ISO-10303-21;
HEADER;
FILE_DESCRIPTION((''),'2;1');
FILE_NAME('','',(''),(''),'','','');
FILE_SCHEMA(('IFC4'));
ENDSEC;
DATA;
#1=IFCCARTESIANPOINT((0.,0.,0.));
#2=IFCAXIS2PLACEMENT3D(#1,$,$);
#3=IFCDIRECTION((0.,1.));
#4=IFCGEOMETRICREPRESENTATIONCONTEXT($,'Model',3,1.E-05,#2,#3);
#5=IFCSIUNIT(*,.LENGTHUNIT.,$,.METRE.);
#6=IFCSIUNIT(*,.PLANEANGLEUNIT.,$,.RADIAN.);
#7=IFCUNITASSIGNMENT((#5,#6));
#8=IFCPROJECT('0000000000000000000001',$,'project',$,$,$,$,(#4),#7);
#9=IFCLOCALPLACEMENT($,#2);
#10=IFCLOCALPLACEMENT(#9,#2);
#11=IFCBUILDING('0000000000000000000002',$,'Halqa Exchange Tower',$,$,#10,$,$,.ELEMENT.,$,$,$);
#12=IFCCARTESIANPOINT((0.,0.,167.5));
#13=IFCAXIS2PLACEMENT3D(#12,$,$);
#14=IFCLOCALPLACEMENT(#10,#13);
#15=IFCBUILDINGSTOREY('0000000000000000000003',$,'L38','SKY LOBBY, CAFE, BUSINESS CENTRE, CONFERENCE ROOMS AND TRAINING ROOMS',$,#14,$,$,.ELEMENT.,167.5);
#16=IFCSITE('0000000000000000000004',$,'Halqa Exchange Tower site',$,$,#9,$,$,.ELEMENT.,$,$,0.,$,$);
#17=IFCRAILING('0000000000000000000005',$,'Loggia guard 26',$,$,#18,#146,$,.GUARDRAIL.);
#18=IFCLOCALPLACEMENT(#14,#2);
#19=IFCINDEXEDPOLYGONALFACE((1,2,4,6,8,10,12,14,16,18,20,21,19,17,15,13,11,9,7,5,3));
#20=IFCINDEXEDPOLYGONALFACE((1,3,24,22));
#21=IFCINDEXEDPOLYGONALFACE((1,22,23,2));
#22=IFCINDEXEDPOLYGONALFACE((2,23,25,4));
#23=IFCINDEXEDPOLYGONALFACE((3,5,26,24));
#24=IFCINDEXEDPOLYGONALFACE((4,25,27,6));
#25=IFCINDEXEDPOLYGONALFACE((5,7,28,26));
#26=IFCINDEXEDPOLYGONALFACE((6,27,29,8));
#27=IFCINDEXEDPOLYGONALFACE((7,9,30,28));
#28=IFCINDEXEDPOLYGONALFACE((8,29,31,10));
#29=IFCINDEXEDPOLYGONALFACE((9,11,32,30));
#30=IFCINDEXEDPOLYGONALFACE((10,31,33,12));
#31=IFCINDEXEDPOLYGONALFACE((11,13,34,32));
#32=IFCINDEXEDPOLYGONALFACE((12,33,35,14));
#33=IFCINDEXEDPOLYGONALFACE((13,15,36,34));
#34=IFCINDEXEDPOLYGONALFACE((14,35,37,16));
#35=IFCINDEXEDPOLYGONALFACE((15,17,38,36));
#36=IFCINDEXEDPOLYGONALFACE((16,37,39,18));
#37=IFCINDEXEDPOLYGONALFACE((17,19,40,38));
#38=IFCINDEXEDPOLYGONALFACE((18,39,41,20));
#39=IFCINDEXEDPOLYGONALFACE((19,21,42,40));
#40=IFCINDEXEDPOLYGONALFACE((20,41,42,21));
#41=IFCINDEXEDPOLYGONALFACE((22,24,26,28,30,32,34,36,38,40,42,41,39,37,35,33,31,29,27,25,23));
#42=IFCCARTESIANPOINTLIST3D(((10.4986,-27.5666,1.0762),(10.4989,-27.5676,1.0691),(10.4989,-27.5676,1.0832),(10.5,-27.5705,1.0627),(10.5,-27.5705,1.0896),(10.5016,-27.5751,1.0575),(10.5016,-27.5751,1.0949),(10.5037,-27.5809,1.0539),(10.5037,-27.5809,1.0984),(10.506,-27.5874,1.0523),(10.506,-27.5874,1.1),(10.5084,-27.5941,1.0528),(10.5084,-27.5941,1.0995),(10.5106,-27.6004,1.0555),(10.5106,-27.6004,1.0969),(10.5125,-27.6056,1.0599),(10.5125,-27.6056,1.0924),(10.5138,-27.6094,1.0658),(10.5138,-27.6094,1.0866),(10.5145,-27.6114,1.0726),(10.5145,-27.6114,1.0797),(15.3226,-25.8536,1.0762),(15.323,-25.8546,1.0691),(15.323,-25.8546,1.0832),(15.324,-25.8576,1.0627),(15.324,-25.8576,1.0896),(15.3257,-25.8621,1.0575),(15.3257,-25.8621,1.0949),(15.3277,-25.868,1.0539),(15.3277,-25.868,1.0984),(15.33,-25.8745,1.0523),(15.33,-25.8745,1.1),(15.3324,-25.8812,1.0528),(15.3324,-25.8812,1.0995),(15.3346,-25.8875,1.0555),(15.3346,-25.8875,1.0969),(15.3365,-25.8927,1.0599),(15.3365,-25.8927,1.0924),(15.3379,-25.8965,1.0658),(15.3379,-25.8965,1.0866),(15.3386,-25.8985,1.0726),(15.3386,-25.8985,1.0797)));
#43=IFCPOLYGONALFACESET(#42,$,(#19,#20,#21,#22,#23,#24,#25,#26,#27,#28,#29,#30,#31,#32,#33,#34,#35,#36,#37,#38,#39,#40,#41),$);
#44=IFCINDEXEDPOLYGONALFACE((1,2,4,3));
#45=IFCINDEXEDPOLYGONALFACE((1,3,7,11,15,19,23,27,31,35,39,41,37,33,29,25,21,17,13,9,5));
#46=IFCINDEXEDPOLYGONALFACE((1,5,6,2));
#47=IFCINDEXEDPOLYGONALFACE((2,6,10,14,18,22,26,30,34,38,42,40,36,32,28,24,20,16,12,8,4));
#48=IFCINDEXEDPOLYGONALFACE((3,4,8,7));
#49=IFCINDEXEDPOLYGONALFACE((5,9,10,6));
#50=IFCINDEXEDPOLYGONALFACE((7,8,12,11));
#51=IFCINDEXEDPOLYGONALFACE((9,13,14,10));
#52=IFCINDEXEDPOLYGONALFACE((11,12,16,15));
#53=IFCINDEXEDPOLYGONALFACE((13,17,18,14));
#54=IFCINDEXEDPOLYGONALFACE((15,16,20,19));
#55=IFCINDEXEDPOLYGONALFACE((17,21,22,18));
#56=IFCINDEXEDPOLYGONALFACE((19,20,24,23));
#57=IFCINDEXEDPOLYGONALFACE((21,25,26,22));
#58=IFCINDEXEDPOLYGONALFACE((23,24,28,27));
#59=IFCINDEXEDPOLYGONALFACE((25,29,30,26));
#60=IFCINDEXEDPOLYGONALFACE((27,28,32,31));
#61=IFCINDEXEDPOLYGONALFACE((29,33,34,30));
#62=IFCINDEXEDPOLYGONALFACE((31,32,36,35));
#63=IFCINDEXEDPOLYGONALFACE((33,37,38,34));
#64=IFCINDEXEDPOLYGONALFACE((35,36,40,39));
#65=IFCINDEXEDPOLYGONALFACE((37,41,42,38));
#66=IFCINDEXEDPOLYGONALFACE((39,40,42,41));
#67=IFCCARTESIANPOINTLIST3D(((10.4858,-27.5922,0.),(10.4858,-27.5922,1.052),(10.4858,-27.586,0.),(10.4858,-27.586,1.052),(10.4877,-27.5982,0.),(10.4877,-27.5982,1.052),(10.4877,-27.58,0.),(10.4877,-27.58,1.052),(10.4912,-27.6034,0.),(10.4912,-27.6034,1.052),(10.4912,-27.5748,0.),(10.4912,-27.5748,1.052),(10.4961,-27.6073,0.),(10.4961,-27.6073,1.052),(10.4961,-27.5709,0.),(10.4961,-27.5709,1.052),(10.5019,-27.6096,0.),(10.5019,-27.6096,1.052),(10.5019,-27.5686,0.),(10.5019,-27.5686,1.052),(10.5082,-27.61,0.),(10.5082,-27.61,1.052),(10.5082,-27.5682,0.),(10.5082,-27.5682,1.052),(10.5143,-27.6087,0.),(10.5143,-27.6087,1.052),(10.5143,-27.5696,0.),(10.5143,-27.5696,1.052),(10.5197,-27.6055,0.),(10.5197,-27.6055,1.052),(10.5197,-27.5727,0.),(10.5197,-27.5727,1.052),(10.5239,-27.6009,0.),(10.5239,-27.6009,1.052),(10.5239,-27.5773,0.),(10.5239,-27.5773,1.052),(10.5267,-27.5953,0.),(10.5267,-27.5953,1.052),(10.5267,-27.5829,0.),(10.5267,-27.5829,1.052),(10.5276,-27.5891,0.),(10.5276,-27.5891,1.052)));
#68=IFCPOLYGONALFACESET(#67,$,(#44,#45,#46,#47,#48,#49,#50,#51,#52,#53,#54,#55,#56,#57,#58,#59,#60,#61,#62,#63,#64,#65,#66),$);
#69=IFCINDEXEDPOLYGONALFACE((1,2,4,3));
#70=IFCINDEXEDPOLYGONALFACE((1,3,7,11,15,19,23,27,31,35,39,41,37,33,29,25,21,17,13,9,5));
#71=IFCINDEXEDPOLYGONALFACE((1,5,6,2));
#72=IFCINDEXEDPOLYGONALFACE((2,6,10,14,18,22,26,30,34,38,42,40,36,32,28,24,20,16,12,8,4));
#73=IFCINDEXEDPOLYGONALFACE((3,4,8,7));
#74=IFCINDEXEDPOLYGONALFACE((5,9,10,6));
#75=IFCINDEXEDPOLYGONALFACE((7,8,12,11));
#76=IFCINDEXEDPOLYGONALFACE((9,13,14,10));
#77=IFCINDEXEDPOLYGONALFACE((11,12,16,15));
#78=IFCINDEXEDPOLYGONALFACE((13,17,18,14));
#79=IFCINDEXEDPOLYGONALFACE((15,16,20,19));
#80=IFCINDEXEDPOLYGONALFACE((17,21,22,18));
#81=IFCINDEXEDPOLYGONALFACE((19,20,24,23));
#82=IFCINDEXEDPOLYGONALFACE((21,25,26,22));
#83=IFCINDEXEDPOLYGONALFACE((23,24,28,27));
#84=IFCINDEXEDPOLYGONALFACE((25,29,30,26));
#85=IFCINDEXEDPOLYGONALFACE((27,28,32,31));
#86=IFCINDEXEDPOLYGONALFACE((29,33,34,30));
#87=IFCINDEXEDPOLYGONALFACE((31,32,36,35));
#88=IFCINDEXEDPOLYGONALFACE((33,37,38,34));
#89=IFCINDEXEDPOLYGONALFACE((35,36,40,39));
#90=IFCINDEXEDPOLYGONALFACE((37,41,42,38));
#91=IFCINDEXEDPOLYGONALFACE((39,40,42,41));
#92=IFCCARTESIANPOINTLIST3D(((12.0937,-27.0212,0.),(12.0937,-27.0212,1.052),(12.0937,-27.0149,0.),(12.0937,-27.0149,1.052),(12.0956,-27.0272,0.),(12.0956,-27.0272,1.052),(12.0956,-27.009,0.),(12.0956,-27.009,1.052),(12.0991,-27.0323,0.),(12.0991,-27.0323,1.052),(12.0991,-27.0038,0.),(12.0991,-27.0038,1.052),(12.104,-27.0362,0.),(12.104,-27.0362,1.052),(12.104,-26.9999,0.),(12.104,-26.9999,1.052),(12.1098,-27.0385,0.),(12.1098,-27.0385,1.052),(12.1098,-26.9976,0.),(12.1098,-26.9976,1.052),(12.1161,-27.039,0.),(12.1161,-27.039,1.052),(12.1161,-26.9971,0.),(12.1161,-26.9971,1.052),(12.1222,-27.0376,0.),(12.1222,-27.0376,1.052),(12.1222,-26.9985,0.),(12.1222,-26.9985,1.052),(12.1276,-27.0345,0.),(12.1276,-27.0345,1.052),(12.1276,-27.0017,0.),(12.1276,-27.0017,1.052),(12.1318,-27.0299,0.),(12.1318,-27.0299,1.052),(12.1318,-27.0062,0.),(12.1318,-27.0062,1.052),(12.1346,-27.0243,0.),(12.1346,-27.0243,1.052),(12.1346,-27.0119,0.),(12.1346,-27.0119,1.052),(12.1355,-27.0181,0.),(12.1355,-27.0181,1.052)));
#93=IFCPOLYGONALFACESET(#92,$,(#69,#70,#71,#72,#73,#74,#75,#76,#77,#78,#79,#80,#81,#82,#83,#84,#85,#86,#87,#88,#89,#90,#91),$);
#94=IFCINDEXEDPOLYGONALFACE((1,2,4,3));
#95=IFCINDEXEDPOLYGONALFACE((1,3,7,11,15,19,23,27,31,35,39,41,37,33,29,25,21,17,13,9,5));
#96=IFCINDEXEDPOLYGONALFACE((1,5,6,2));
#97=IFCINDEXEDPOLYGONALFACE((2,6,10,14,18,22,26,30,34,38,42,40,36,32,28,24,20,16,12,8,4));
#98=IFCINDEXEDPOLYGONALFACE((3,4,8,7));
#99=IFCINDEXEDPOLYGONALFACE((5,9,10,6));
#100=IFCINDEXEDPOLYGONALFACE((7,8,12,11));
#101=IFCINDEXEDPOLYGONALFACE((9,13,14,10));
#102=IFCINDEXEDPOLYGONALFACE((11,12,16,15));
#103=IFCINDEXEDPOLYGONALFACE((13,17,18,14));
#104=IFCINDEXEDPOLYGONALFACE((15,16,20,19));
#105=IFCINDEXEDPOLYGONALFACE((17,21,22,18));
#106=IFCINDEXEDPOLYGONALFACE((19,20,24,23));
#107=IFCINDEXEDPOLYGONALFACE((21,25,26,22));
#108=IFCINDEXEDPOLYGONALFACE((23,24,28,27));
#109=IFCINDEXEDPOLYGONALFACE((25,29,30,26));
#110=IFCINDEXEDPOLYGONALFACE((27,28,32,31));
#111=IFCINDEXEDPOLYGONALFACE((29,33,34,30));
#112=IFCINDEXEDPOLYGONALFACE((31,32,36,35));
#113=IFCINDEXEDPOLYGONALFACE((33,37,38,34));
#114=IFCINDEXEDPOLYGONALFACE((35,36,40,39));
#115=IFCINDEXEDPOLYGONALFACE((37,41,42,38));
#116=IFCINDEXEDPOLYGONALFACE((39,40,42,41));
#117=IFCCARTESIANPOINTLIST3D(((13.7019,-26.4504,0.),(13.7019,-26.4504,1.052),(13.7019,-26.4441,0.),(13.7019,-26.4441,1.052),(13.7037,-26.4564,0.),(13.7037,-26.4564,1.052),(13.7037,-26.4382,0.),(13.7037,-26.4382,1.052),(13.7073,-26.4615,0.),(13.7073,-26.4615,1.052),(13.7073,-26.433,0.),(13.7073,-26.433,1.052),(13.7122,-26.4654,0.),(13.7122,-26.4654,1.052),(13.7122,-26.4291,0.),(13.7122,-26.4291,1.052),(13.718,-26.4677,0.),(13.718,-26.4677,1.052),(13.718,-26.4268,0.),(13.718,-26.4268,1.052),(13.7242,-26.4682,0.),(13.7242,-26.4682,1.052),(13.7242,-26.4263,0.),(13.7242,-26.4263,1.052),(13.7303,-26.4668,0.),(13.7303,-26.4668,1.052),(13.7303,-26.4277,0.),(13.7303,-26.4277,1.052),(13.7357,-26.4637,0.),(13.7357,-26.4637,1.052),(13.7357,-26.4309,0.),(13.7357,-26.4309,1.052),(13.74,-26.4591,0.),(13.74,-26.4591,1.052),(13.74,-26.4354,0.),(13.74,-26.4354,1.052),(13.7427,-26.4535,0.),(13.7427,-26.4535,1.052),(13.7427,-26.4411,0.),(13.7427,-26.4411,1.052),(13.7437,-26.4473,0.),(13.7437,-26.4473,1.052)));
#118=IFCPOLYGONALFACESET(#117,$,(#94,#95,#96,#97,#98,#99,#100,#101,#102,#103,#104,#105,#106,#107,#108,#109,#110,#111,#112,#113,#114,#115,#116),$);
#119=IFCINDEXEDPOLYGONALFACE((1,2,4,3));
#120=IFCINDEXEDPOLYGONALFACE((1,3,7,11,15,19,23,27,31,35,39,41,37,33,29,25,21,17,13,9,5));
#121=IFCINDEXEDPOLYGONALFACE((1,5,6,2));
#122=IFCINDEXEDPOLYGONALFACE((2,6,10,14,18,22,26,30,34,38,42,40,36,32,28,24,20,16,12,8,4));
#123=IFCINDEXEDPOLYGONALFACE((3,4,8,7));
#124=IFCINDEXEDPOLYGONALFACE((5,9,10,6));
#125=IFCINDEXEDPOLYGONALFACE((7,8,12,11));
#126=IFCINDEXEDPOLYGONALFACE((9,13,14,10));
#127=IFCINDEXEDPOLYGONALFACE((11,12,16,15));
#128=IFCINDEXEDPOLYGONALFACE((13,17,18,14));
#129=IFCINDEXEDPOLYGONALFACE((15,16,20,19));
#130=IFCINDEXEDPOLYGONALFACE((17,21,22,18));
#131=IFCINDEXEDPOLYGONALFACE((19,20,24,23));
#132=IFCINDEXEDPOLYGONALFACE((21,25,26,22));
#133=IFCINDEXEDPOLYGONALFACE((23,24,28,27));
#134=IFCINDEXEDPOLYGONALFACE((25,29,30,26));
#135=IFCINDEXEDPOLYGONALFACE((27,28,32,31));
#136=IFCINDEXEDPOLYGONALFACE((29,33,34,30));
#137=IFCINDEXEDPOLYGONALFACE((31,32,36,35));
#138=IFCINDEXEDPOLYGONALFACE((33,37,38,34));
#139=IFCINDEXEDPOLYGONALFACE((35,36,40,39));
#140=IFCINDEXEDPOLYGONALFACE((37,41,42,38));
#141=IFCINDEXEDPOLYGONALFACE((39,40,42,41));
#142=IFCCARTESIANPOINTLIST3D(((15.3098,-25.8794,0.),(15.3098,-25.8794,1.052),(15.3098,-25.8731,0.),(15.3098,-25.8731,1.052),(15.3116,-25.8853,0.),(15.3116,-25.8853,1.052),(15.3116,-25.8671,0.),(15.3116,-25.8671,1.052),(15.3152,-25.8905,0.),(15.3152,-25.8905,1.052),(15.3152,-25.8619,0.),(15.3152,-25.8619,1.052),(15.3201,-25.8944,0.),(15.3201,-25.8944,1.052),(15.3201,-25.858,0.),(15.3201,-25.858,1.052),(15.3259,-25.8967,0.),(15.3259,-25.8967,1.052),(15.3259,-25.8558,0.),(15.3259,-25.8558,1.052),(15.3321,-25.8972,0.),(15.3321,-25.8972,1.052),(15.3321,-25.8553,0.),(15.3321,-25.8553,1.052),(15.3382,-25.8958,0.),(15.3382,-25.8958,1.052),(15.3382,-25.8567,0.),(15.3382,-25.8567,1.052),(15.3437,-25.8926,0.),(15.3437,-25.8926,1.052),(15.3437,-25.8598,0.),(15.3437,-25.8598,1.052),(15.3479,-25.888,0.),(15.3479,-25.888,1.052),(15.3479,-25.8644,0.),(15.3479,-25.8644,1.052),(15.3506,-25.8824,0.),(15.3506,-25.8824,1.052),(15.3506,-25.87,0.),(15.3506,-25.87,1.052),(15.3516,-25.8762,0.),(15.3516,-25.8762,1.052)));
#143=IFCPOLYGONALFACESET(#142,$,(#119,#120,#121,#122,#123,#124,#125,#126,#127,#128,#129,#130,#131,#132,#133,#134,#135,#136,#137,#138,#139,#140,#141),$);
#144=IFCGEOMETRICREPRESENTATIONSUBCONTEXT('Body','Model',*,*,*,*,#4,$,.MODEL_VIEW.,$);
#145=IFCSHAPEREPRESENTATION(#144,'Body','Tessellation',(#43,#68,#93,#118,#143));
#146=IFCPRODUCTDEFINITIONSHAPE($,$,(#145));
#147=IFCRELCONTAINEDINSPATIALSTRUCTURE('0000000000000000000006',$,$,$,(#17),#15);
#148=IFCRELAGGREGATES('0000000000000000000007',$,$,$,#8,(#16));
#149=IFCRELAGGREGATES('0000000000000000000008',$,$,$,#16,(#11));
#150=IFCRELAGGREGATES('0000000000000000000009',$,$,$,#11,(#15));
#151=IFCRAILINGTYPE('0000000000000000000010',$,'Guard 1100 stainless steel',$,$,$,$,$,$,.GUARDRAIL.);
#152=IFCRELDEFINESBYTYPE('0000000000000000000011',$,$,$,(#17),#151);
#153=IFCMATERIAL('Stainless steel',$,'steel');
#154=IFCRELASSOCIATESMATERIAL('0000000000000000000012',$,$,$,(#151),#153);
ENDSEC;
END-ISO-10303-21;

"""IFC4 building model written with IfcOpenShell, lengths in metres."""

from ifc_helpers import new_model, si_unit, direction, frame, origin, origin_2d, place, context, subcontext, project, spatial, circle, extrude, material, type_object, element, save


model = new_model("IFC4")

# Units and contexts
model_context = context("Model", 3, precision=1e-05, world=origin(), true_north=direction((0.0, 1.0)))
body_context = subcontext(model_context, "Body", "Model", "MODEL_VIEW")
ifc_project = project(units=[si_unit("LENGTHUNIT", "METRE"), si_unit("PLANEANGLEUNIT", "RADIAN")], contexts=[model_context])

# Site, building, storey
site_placement = place(None, origin())
site = spatial("IfcSite", under=ifc_project, at=site_placement, Name="Halqa Exchange Tower site", CompositionType="ELEMENT", RefElevation=0.0)
building_placement = place(site_placement, origin())
building = spatial("IfcBuilding", under=site, at=building_placement, Name="Halqa Exchange Tower", CompositionType="ELEMENT")
storey_placement = place(building_placement, frame((0.0, 0.0, 167.5)))
storey = spatial("IfcBuildingStorey", under=building, at=storey_placement, Name="L38", Description="SKY LOBBY, CAFE, BUSINESS CENTRE, CONFERENCE ROOMS AND TRAINING ROOMS", CompositionType="ELEMENT", Elevation=167.5)

# Railing
ifc_material_1 = material(Name="Stainless steel", Category="steel")
railing_type = type_object("IfcRailingType", Name="Guard 1100 stainless steel", PredefinedType="GUARDRAIL", material=ifc_material_1)
railing_1_placement = place(storey_placement, frame((10.5066, -27.5891, 0.0)))
element("IfcRailing", 1, at=railing_1_placement, inside=storey, type_object=railing_type, Name="Loggia guard 26", PredefinedType="GUARDRAIL", context=body_context, shape_type="SweptSolid", body=[
    extrude(circle(Radius=0.0239, at=origin_2d()), frame((0.0, 0.0, 1.0762), z_axis=(0.942356, 0.334611, 0.0), x_axis=(-0.334611, 0.942356, 0.0)), (0.0, 0.0, 1.0), 5.1191),
    extrude(circle(Radius=0.021, at=origin_2d()), origin(), (0.0, 0.0, 1.0), 1.052),
    extrude(circle(Radius=0.021, at=origin_2d()), frame((1.6079, 0.571, 0.0)), (0.0, 0.0, 1.0), 1.052),
    extrude(circle(Radius=0.021, at=origin_2d()), frame((3.2161, 1.1418, 0.0)), (0.0, 0.0, 1.0), 1.052),
    extrude(circle(Radius=0.021, at=origin_2d()), frame((4.824, 1.7129, 0.0)), (0.0, 0.0, 1.0), 1.052),
])

save(model, "model.ifc")
